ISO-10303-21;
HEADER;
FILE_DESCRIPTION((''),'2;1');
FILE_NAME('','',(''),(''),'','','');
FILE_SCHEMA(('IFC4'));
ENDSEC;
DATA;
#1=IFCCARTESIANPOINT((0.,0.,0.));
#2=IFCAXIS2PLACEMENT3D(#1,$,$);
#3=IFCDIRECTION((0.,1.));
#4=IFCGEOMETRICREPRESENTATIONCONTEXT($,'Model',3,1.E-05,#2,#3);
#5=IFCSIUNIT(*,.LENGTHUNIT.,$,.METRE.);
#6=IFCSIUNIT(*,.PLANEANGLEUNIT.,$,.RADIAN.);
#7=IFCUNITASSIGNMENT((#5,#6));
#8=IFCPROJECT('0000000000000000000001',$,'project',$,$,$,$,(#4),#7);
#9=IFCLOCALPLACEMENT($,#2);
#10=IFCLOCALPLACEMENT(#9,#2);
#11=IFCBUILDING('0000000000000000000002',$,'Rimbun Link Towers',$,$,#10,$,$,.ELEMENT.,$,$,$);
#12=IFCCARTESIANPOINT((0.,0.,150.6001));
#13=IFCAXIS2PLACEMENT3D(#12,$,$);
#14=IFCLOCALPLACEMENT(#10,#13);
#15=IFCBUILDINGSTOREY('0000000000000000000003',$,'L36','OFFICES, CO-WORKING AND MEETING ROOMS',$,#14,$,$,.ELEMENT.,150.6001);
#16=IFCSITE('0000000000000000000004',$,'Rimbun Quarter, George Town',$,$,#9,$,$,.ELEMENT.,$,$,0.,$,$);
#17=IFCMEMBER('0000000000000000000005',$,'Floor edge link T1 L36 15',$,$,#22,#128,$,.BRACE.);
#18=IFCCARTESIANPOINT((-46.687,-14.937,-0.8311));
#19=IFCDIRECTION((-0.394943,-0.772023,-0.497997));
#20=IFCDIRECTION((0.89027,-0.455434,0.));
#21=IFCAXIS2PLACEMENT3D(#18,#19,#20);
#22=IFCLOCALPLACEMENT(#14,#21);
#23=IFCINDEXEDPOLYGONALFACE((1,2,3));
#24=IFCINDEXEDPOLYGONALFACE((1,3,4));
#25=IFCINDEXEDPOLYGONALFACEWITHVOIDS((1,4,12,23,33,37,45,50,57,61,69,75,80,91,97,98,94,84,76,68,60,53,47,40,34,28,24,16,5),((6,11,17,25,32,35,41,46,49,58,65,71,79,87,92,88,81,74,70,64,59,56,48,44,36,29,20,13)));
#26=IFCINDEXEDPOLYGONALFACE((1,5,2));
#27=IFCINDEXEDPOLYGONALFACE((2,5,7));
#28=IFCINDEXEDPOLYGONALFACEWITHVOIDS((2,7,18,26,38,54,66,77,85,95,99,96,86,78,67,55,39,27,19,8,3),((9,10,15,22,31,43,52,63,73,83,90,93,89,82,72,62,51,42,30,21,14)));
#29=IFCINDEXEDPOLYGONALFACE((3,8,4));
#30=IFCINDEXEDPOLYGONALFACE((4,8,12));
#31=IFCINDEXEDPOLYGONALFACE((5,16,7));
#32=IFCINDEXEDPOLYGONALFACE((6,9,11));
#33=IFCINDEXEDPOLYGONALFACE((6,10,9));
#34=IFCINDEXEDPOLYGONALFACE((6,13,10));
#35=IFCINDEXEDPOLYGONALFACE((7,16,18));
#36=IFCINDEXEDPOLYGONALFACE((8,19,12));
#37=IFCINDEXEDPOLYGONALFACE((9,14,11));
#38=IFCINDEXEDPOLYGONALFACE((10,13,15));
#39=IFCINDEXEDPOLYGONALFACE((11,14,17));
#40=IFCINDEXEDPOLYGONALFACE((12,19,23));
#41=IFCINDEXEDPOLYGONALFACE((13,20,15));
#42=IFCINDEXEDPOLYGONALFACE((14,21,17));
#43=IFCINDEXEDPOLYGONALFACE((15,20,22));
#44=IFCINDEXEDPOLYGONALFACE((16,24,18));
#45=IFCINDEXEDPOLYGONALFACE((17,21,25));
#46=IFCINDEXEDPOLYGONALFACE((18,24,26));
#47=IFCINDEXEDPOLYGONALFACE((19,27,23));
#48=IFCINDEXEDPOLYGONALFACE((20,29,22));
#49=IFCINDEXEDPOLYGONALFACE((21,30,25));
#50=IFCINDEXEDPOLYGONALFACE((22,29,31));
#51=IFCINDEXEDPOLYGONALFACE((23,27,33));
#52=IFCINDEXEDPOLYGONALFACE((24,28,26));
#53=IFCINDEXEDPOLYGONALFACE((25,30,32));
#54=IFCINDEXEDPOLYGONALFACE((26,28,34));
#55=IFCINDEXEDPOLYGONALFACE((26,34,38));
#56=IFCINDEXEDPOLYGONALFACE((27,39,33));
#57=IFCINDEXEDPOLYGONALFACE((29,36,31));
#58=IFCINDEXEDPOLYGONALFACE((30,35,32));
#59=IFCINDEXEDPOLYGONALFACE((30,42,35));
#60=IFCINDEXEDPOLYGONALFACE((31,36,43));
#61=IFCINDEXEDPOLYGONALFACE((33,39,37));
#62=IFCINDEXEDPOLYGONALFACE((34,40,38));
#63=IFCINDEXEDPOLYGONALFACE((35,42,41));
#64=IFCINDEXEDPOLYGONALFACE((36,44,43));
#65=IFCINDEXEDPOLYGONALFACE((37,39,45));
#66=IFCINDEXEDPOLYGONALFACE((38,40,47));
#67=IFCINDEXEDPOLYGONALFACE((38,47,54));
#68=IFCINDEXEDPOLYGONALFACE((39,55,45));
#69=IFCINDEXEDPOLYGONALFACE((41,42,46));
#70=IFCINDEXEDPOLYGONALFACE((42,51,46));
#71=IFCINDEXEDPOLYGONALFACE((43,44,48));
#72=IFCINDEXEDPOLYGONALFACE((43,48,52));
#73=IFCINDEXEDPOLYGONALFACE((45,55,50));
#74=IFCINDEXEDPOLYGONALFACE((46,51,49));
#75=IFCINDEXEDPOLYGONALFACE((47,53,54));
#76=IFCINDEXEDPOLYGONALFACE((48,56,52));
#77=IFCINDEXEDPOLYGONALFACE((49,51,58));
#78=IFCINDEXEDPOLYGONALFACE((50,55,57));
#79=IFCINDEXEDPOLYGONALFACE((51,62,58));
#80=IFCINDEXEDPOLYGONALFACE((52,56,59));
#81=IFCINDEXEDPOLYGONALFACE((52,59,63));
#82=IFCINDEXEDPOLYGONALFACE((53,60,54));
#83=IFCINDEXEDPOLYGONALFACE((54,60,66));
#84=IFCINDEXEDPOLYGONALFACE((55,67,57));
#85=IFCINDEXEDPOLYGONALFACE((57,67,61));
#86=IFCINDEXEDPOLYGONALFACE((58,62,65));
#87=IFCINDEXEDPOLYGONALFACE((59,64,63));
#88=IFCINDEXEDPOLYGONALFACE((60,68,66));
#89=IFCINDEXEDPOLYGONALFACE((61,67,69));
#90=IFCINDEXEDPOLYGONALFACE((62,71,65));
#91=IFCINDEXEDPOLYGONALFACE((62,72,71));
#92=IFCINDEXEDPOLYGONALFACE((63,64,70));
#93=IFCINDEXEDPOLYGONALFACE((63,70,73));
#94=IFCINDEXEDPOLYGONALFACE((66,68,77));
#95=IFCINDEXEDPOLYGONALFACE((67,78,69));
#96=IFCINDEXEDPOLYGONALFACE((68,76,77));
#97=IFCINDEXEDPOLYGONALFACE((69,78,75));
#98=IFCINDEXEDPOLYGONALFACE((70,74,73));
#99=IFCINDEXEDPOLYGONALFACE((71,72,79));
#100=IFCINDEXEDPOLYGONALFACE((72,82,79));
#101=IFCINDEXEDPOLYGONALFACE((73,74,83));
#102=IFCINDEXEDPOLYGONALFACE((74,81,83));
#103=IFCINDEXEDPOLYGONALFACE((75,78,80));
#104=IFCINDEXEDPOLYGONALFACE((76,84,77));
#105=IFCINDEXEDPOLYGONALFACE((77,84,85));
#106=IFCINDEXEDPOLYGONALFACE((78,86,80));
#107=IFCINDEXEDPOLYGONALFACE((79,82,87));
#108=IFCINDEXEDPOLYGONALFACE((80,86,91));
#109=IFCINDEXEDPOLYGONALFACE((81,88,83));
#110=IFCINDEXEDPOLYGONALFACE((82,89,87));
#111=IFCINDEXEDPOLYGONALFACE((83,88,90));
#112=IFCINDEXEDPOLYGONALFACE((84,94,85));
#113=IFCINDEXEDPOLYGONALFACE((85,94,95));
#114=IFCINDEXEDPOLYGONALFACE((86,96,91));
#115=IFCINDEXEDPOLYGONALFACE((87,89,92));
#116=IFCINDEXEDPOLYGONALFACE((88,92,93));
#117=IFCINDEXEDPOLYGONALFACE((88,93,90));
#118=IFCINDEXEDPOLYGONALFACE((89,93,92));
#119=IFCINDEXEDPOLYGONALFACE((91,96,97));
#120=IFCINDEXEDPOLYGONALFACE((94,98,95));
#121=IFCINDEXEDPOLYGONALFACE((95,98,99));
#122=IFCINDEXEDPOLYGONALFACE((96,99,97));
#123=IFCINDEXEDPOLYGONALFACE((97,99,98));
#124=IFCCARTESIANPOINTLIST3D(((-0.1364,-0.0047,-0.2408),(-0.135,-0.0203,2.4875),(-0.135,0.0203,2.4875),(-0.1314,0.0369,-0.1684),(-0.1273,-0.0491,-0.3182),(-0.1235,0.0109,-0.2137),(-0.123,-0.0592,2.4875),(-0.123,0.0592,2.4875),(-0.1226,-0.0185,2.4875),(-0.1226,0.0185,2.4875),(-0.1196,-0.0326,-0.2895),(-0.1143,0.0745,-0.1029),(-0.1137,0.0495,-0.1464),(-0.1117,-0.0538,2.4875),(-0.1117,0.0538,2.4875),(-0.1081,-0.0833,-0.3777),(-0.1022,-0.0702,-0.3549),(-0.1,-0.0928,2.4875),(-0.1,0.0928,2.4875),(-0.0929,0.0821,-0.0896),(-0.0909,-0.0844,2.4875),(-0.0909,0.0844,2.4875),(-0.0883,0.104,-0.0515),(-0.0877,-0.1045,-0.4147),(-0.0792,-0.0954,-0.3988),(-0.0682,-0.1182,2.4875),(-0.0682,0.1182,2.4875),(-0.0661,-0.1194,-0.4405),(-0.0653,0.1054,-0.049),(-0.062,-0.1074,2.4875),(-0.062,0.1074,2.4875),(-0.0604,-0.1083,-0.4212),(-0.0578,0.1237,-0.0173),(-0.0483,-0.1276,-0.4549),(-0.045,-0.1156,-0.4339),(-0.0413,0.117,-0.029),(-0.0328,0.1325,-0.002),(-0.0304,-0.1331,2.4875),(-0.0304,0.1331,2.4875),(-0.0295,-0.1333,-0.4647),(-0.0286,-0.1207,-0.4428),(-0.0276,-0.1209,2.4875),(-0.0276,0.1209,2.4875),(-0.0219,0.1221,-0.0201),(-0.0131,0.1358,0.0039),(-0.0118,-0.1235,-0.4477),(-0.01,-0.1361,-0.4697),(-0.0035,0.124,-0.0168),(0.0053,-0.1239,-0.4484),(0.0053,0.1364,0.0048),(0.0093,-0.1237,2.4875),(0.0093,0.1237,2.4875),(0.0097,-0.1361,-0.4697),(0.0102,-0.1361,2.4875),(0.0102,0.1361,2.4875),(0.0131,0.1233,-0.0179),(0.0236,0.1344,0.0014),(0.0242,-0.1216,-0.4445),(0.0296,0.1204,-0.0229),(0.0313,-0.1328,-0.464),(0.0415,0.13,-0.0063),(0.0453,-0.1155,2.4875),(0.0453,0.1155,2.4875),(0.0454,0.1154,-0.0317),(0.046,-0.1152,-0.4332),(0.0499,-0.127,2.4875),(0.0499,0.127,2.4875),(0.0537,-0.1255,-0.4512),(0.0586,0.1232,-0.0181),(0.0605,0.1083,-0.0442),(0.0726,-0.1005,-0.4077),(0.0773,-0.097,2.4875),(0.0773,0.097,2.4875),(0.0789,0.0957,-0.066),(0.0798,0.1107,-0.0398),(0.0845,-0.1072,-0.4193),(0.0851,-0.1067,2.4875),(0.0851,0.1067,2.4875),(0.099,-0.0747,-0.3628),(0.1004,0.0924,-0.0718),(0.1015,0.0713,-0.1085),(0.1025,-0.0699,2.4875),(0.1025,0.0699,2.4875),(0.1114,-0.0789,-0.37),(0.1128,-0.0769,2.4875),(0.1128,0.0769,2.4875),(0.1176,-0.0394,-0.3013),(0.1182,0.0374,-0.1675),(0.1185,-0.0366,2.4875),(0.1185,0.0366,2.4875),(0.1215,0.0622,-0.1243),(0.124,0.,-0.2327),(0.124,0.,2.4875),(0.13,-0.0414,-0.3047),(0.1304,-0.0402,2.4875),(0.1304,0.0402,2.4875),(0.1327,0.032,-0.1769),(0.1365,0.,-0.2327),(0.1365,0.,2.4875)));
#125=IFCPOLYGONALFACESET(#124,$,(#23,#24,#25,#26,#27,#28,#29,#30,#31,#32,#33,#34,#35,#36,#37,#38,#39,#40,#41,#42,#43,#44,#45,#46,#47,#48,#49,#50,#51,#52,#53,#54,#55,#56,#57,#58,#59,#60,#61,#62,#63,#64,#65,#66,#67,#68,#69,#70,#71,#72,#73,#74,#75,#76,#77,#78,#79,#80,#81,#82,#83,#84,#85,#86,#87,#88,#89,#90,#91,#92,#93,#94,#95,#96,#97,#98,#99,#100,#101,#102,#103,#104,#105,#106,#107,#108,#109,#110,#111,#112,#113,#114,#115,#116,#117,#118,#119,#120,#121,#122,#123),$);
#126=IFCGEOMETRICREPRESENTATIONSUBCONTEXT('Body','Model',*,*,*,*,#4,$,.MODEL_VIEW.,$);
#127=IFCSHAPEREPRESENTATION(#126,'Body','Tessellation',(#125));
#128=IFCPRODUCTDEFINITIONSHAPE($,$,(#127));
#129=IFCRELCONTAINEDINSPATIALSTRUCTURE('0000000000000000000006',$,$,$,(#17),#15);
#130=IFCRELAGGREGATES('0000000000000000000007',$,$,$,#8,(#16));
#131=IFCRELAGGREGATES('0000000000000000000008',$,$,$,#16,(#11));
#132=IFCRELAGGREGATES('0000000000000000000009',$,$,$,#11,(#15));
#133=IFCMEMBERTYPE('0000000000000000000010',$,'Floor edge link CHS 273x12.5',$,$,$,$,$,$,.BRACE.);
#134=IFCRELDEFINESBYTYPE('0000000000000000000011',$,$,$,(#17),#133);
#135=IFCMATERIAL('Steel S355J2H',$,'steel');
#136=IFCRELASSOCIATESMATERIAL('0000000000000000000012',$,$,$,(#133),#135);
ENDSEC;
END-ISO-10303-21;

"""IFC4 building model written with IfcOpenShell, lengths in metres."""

from ifc_helpers import new_model, si_unit, direction, frame, origin, origin_2d, place, context, subcontext, project, spatial, hollow_circle, extrude, clip, halfspace, material, material_profile, profile_set, type_object, element, save


model = new_model("IFC4")

# Units and contexts
model_context = context("Model", 3, precision=1e-05, world=origin(), true_north=direction((0.0, 1.0)))
body_context = subcontext(model_context, "Body", "Model", "MODEL_VIEW")
ifc_project = project(units=[si_unit("LENGTHUNIT", "METRE"), si_unit("PLANEANGLEUNIT", "RADIAN")], contexts=[model_context])

# Site, building, storey
site_placement = place(None, origin())
site = spatial("IfcSite", under=ifc_project, at=site_placement, Name="Rimbun Quarter, George Town", CompositionType="ELEMENT", RefElevation=0.0)
building_placement = place(site_placement, origin())
building = spatial("IfcBuilding", under=site, at=building_placement, Name="Rimbun Link Towers", CompositionType="ELEMENT")
storey_placement = place(building_placement, frame((0.0, 0.0, 150.6001)))
storey = spatial("IfcBuildingStorey", under=building, at=storey_placement, Name="L36", Description="OFFICES, CO-WORKING AND MEETING ROOMS", CompositionType="ELEMENT", Elevation=150.6001)

# Member
ifc_material_1 = material(Name="Steel S355J2H", Category="steel")
ifc_material_profile_1 = material_profile(ifc_material_1, hollow_circle(Radius=0.1365, WallThickness=0.0125, at=origin_2d()), Name="CHS 273x12.5")
ifc_profile_set_1 = profile_set([ifc_material_profile_1], Name="Steel S355J2H")
member_type_1 = type_object("IfcMemberType", Name="Floor edge link CHS 273x12.5", PredefinedType="BRACE", material=ifc_profile_set_1)
member_1_placement = place(storey_placement, frame((-46.687, -14.937, -0.8311), z_axis=(-0.394943, -0.772023, -0.497997), x_axis=(0.89027, -0.455434, 0.0)))
element("IfcMember", 1, at=member_1_placement, inside=storey, type_object=member_type_1, Name="Floor edge link T1 L36 15", PredefinedType="BRACE", context=body_context, shape_type="Clipping", body=[
    clip(extrude(hollow_circle(Radius=0.1365, WallThickness=0.0125, at=origin_2d()), frame((0.0, 0.0, -0.4954)), (0.0, 0.0, 1.0), 2.9829), halfspace(frame((0.0, 0.0, -0.2327), z_axis=(0.0, 0.867179, -0.497997)), False)),
])

save(model, "model.ifc")
